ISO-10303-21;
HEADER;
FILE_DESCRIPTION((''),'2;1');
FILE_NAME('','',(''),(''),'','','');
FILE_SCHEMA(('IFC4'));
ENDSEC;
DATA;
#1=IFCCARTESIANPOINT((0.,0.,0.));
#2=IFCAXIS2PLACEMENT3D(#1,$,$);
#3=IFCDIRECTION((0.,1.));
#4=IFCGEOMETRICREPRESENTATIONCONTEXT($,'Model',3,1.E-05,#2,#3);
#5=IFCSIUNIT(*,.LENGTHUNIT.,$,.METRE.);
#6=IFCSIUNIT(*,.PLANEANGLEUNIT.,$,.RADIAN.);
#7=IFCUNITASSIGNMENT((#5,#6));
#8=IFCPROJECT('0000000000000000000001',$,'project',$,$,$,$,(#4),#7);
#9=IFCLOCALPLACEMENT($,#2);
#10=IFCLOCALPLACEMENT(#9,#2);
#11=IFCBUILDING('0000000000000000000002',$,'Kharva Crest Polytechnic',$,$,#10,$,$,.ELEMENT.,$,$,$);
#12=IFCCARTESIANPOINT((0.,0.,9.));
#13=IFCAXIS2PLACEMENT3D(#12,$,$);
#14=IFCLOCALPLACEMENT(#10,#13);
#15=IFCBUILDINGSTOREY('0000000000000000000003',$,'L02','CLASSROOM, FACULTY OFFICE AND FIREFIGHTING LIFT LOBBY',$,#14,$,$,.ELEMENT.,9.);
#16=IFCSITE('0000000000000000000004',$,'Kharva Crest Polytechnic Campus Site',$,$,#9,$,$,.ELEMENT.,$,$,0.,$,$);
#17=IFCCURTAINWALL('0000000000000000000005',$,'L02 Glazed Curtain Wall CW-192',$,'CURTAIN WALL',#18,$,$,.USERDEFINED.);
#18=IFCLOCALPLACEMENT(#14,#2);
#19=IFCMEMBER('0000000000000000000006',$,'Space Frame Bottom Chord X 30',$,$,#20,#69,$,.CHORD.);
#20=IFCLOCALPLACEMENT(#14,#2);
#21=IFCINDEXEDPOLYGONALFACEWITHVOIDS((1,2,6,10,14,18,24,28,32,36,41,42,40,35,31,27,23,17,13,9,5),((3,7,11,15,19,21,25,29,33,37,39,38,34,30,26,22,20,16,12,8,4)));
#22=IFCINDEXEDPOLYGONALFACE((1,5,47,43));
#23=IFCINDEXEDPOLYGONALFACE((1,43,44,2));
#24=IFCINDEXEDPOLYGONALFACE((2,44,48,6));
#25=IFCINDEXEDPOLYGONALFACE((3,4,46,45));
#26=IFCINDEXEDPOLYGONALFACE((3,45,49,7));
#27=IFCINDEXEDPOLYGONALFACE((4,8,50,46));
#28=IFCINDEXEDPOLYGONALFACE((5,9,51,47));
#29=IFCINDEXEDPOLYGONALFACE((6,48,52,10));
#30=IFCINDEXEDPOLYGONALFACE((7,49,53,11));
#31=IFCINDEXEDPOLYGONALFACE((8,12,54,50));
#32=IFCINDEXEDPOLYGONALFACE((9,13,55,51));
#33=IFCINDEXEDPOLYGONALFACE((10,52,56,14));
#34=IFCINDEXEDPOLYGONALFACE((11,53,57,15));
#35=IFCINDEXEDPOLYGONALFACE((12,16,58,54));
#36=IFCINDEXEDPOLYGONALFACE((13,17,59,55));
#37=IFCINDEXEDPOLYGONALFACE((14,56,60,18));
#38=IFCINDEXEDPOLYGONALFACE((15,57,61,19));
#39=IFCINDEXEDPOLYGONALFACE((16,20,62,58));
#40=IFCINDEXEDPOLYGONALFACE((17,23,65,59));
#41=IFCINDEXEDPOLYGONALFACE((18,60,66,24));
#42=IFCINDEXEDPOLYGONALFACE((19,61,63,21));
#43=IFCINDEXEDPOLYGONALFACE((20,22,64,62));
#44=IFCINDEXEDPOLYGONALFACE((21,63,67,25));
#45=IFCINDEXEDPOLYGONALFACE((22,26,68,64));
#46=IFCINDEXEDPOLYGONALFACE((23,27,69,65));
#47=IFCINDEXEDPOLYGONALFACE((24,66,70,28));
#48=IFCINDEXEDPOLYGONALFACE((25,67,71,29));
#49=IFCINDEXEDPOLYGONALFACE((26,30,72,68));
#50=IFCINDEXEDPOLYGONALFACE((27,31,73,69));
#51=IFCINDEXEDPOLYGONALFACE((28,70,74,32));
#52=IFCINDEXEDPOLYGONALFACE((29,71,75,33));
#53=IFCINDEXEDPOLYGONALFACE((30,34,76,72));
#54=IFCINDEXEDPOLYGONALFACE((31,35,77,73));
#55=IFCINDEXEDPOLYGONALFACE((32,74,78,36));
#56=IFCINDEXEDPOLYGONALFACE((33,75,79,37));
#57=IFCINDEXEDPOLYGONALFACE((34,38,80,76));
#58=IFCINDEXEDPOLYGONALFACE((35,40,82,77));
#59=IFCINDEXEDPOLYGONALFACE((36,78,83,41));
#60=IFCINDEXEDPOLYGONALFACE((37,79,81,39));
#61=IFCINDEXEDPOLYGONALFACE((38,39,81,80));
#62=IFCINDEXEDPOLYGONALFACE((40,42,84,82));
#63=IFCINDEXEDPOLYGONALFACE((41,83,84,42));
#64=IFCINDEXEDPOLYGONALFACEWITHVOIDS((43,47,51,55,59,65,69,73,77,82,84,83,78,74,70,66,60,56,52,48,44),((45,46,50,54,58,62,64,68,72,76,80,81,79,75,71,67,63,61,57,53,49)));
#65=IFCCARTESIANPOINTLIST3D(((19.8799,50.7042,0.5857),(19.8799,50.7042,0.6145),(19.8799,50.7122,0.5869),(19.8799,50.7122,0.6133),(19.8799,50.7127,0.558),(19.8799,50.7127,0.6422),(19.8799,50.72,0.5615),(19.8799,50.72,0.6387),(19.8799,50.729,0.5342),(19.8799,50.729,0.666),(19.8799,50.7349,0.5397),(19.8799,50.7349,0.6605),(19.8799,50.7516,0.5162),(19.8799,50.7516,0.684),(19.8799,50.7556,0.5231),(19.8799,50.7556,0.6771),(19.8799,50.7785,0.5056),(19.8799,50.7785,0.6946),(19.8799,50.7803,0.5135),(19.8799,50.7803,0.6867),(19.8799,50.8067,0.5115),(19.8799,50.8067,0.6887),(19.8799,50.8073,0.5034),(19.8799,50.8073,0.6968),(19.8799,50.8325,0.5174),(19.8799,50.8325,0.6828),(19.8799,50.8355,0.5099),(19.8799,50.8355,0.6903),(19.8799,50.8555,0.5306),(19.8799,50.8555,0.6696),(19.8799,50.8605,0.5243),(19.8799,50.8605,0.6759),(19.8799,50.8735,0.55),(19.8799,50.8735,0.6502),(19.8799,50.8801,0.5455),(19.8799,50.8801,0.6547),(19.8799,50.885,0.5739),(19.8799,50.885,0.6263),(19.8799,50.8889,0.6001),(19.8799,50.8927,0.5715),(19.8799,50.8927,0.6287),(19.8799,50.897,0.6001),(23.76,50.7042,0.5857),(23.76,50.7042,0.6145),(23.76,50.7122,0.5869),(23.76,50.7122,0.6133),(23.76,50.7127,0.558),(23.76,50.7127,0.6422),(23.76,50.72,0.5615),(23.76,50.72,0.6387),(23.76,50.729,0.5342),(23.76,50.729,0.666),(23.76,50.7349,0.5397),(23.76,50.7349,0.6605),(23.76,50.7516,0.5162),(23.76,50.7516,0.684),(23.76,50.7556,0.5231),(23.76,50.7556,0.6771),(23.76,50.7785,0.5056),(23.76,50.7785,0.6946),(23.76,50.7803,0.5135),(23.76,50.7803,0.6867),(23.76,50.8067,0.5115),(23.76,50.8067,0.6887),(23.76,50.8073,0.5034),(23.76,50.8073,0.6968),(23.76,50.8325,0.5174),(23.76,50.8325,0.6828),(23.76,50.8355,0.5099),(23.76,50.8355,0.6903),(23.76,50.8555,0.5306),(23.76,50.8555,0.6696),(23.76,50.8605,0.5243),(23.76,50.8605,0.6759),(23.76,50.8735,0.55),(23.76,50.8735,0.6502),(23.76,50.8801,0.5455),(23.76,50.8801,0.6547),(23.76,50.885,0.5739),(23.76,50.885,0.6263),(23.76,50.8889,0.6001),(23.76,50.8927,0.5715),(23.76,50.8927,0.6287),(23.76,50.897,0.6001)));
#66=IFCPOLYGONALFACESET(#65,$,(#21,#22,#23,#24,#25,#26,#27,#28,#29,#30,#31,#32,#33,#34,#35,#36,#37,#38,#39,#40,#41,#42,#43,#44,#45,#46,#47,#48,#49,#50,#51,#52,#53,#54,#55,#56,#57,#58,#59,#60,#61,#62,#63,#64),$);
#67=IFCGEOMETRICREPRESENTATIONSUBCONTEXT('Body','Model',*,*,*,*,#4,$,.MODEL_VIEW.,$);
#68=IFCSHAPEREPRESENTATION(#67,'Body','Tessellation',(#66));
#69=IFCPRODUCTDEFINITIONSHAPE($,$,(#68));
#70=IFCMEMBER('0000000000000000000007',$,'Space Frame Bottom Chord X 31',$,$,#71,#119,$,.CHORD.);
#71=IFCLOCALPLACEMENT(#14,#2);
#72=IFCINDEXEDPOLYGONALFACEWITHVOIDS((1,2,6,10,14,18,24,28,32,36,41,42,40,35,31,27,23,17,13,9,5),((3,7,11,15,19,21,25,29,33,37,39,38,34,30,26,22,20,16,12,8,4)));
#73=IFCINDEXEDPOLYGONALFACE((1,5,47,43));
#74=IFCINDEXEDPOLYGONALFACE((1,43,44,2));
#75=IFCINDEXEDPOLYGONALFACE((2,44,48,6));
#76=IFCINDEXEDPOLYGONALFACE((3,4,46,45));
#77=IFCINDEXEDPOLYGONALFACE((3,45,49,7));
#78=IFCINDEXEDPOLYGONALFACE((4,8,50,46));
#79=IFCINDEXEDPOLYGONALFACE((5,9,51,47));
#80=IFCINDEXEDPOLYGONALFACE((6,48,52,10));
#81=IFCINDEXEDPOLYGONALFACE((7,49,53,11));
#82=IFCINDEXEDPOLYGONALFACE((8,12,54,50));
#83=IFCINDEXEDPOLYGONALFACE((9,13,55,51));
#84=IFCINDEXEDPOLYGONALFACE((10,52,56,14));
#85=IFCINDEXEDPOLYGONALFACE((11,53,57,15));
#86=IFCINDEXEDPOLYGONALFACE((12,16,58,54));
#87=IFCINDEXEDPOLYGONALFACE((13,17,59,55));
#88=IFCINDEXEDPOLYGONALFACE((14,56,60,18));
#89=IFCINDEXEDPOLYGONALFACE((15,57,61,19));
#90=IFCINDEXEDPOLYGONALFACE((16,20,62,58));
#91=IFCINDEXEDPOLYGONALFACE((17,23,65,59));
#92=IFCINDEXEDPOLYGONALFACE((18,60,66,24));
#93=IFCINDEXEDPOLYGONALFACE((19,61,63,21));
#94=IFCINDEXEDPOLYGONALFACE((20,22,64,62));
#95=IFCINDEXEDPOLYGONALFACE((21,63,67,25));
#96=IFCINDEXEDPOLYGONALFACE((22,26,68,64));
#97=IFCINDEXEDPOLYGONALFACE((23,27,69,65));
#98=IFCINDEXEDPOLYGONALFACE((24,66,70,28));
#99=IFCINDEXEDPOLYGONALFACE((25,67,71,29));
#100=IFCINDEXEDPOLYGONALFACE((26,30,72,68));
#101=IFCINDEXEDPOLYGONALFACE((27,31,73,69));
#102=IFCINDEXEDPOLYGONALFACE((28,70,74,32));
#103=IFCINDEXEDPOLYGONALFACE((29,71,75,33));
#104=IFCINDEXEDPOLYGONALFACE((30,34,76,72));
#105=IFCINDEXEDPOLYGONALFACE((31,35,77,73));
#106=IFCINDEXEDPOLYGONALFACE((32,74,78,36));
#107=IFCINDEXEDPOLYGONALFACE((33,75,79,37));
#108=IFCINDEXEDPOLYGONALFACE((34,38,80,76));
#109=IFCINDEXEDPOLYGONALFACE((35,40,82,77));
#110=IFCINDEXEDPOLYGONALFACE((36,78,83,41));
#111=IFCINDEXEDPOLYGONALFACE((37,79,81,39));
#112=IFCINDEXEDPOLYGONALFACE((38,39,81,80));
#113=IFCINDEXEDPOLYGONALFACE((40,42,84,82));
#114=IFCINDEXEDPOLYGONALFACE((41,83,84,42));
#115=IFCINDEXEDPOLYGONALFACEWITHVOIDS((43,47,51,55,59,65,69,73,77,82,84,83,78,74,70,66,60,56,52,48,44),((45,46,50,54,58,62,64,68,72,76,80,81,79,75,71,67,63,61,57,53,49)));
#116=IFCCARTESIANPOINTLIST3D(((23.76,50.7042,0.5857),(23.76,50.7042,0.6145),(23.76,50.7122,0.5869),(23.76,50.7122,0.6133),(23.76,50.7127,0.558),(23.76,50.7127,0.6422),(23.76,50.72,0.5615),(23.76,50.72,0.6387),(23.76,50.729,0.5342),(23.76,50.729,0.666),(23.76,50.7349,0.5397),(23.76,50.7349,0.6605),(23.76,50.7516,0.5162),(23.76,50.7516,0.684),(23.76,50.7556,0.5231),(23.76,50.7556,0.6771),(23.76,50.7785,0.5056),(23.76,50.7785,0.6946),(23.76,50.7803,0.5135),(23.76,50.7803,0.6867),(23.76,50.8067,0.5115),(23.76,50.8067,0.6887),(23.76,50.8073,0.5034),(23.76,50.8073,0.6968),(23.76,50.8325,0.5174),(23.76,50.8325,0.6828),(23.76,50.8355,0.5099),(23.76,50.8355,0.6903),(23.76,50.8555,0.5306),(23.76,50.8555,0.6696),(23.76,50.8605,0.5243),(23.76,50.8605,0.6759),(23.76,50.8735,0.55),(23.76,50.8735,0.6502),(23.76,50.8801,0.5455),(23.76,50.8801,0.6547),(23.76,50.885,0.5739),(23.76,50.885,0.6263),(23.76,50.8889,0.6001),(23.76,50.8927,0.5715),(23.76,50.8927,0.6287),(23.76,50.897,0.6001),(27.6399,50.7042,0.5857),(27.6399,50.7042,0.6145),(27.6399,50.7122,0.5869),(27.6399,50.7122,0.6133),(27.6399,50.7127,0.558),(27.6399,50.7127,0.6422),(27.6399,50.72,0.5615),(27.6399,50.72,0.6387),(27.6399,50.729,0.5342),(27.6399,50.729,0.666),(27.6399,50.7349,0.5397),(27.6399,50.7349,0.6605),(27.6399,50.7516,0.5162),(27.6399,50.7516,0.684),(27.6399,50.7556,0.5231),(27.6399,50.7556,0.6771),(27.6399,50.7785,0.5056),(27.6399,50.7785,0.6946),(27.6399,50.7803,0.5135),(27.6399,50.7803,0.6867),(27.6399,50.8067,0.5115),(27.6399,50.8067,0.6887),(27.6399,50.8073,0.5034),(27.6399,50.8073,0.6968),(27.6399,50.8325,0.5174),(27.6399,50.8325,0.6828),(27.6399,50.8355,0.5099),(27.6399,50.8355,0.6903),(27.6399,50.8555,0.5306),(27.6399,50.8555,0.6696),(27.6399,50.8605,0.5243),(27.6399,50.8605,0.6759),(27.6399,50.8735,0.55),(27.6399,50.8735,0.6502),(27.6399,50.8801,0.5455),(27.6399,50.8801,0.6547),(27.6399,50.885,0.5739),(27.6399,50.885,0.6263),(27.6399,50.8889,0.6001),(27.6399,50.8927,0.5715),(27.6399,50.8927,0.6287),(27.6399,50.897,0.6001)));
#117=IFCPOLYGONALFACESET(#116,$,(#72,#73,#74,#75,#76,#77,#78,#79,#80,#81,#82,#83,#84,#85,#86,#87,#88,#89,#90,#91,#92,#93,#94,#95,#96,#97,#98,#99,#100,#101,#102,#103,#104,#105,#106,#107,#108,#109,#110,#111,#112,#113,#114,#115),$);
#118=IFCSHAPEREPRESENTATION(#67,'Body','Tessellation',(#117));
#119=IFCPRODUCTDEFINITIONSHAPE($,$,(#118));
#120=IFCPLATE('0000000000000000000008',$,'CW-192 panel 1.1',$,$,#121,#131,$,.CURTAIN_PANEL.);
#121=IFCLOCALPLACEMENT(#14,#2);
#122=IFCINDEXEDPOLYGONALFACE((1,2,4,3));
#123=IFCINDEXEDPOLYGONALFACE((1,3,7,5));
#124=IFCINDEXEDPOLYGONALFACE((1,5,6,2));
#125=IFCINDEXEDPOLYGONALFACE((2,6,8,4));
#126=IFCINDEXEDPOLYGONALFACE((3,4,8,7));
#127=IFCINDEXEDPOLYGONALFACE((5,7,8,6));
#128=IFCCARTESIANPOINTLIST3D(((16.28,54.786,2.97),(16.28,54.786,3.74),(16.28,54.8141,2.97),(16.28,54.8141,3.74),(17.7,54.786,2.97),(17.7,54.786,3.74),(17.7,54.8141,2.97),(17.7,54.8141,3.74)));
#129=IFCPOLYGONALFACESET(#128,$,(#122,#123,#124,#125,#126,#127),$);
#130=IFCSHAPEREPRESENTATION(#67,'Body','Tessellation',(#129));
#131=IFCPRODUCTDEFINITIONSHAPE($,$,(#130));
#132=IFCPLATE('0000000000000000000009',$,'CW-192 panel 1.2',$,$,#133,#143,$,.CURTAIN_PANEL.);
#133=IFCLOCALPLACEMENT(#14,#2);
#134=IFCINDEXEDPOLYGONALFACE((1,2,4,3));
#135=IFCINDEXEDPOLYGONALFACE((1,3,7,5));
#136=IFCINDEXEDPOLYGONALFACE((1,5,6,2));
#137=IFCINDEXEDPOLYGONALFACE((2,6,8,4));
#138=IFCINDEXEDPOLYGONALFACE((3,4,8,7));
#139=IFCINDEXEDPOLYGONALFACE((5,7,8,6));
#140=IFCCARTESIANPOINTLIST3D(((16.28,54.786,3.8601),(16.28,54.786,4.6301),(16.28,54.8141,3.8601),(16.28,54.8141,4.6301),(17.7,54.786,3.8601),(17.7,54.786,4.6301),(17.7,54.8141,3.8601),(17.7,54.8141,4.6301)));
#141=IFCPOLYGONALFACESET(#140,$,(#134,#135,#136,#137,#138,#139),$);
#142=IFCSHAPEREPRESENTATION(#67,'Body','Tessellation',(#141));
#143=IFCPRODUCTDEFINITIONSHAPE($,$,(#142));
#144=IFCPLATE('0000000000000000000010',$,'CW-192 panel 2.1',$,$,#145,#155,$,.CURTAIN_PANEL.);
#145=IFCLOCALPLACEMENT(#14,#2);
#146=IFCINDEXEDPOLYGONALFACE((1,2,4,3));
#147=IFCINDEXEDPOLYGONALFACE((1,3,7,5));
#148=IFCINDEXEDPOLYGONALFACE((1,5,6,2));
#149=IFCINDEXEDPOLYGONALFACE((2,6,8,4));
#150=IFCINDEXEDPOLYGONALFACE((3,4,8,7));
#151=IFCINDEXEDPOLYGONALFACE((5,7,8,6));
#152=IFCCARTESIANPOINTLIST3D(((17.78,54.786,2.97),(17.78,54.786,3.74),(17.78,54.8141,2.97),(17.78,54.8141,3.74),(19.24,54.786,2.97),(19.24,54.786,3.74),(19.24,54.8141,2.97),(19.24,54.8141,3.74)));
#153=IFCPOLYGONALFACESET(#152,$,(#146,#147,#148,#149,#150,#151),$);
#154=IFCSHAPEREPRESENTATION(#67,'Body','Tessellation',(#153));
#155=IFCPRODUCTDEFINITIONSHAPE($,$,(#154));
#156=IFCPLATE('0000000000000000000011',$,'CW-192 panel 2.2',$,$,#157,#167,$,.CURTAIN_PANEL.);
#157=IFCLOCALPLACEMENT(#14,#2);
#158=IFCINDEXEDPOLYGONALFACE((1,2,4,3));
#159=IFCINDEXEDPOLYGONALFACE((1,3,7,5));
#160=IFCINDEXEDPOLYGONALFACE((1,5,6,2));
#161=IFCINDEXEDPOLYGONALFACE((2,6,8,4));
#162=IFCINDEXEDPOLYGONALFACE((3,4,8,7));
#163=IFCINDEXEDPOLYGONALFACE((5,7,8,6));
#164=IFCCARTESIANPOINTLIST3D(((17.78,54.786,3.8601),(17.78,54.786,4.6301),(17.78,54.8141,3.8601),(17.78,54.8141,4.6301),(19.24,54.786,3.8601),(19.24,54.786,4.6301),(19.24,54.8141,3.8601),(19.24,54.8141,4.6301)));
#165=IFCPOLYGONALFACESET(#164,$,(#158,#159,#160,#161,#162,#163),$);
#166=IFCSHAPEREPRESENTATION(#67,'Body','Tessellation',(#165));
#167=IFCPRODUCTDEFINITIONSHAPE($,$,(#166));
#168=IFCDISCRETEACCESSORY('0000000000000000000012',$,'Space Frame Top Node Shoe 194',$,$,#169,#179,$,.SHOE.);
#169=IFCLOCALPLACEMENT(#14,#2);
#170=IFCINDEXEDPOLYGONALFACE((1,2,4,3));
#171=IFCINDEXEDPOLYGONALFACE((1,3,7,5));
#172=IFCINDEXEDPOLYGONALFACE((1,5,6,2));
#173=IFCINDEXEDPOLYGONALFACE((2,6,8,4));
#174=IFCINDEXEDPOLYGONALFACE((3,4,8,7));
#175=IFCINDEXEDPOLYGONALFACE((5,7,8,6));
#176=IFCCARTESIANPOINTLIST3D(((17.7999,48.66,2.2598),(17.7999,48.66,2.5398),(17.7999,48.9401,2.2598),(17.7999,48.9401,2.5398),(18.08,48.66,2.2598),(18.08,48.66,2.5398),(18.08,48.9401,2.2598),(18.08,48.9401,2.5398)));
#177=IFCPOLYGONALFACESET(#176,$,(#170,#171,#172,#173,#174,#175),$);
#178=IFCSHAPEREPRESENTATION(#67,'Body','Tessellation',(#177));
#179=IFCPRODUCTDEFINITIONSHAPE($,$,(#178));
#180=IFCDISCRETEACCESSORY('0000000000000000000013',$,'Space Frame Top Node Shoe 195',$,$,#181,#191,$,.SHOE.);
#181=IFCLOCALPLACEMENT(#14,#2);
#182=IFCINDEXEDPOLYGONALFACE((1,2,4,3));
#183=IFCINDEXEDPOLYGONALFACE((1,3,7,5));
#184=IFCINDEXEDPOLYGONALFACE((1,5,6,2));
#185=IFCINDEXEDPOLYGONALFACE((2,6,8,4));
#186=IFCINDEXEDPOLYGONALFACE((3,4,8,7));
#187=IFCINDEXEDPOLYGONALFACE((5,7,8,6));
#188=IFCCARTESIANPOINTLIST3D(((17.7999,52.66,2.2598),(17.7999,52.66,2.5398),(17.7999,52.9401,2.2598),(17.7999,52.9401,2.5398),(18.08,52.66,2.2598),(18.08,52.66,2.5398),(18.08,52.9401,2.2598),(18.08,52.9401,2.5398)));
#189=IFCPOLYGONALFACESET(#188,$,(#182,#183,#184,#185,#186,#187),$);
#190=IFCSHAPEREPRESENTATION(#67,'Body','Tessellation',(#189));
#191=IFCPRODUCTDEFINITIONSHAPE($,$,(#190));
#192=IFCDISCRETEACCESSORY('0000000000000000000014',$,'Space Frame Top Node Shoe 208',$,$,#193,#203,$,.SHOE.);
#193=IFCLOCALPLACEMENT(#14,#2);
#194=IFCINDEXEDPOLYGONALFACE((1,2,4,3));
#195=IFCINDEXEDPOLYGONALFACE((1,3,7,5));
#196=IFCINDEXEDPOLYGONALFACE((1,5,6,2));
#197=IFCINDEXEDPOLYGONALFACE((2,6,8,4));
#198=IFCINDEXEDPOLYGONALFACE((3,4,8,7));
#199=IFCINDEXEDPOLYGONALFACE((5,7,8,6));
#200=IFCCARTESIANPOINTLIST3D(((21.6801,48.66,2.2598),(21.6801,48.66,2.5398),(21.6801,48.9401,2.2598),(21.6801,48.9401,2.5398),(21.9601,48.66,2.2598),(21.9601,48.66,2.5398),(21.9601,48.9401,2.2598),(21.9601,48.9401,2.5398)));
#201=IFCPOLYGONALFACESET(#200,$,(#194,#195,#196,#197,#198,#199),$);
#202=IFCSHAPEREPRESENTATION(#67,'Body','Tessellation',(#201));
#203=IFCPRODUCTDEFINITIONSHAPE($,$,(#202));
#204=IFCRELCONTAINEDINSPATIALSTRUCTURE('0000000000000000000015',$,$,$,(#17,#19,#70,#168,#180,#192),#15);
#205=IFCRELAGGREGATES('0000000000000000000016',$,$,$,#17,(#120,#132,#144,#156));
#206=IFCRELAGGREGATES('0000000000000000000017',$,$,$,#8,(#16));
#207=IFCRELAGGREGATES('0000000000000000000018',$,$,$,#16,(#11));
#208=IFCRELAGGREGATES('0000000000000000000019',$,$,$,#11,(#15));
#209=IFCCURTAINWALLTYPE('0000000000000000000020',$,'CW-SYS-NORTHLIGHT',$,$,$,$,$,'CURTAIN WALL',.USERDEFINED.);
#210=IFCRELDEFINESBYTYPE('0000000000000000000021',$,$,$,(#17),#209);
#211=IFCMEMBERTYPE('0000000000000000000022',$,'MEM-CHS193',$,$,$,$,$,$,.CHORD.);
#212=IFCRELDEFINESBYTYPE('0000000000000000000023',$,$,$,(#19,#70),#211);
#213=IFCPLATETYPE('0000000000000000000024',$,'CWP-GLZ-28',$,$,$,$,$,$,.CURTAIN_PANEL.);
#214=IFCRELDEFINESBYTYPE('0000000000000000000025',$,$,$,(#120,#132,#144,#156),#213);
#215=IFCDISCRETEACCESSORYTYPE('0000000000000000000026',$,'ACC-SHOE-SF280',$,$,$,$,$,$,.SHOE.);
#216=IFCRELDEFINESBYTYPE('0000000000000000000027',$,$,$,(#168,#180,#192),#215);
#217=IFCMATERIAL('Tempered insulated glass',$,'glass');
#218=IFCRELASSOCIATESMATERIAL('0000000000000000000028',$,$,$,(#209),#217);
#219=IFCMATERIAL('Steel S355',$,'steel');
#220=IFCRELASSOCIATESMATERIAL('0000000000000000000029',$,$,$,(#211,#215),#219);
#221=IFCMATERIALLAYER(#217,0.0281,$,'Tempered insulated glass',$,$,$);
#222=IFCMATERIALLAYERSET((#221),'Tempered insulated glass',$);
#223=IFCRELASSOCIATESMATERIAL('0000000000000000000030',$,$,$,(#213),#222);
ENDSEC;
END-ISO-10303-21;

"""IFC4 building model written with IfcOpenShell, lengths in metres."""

from ifc_helpers import new_model, si_unit, direction, frame, origin, origin_2d, place, context, subcontext, project, spatial, rectangle, hollow_circle, extrude, material, layer, layer_set, material_profile, profile_set, type_object, element, aggregate, save


model = new_model("IFC4")

# Units and contexts
model_context = context("Model", 3, precision=1e-05, world=origin(), true_north=direction((0.0, 1.0)))
body_context = subcontext(model_context, "Body", "Model", "MODEL_VIEW")
ifc_project = project(units=[si_unit("LENGTHUNIT", "METRE"), si_unit("PLANEANGLEUNIT", "RADIAN")], contexts=[model_context])

# Site, building, storey
site_placement = place(None, origin())
site = spatial("IfcSite", under=ifc_project, at=site_placement, Name="Kharva Crest Polytechnic Campus Site", CompositionType="ELEMENT", RefElevation=0.0)
building_placement = place(site_placement, origin())
building = spatial("IfcBuilding", under=site, at=building_placement, Name="Kharva Crest Polytechnic", CompositionType="ELEMENT")
storey_placement = place(building_placement, frame((0.0, 0.0, 9.0)))
storey = spatial("IfcBuildingStorey", under=building, at=storey_placement, Name="L02", Description="CLASSROOM, FACULTY OFFICE AND FIREFIGHTING LIFT LOBBY", CompositionType="ELEMENT", Elevation=9.0)

# Curtain wall
ifc_material_1 = material(Name="Tempered insulated glass", Category="glass")
curtain_wall_type = type_object("IfcCurtainWallType", Name="CW-SYS-NORTHLIGHT", ElementType="CURTAIN WALL", PredefinedType="USERDEFINED", material=ifc_material_1)
curtain_wall_placement = place(storey_placement, origin())
curtain_wall = element("IfcCurtainWall", 1, at=curtain_wall_placement, inside=storey, type_object=curtain_wall_type, Name="L02 Glazed Curtain Wall CW-192", ObjectType="CURTAIN WALL", PredefinedType="USERDEFINED")
ifc_material_2 = material(Name="Steel S355", Category="steel")

# Members
ifc_material_profile_1 = material_profile(ifc_material_2, hollow_circle(Radius=0.0969, WallThickness=0.0081, at=origin_2d()), Name="CHS 193.7X8.0")
ifc_profile_set_1 = profile_set([ifc_material_profile_1], Name="Steel S355")
member_type_1 = type_object("IfcMemberType", Name="MEM-CHS193", PredefinedType="CHORD", material=ifc_profile_set_1)
member_1_placement = place(storey_placement, frame((19.8799, 50.8, 0.6001), z_axis=(1.0, 0.0, 0.0), x_axis=(0.0, 1.0, 0.0)))
element("IfcMember", 2, at=member_1_placement, inside=storey, type_object=member_type_1, Name="Space Frame Bottom Chord X 30", PredefinedType="CHORD", context=body_context, shape_type="SweptSolid", body=[
    extrude(hollow_circle(Radius=0.0969, WallThickness=0.0081, at=origin_2d()), origin(), (0.0, 0.0, 1.0), 3.8801),
])
member_2_placement = place(storey_placement, frame((23.76, 50.8, 0.6001), z_axis=(1.0, 0.0, 0.0), x_axis=(0.0, 1.0, 0.0)))
element("IfcMember", 3, at=member_2_placement, inside=storey, type_object=member_type_1, Name="Space Frame Bottom Chord X 31", PredefinedType="CHORD", context=body_context, shape_type="SweptSolid", body=[
    extrude(hollow_circle(Radius=0.0969, WallThickness=0.0081, at=origin_2d()), origin(), (0.0, 0.0, 1.0), 3.8799),
])

# Plates
ifc_layer = layer(ifc_material_1, 0.0281, Name="Tempered insulated glass")
ifc_layer_set = layer_set([ifc_layer], Name="Tempered insulated glass")
plate_type = type_object("IfcPlateType", Name="CWP-GLZ-28", PredefinedType="CURTAIN_PANEL", material=ifc_layer_set)
plate_1_placement = place(storey_placement, frame((16.99, 54.8, 2.97), z_axis=(0.0, 0.0, 1.0), x_axis=(1.0, 0.0, 0.0)))
plate_1 = element("IfcPlate", 4, at=plate_1_placement, type_object=plate_type, Name="CW-192 panel 1.1", PredefinedType="CURTAIN_PANEL", context=body_context, shape_type="SweptSolid", body=[
    extrude(rectangle(XDim=1.4199, YDim=0.0281, at=origin_2d()), origin(), (0.0, 0.0, 1.0), 0.77),
])
plate_2_placement = place(storey_placement, frame((16.99, 54.8, 3.8601), z_axis=(0.0, 0.0, 1.0), x_axis=(1.0, 0.0, 0.0)))
plate_2 = element("IfcPlate", 5, at=plate_2_placement, type_object=plate_type, Name="CW-192 panel 1.2", PredefinedType="CURTAIN_PANEL", context=body_context, shape_type="SweptSolid", body=[
    extrude(rectangle(XDim=1.4199, YDim=0.0281, at=origin_2d()), origin(), (0.0, 0.0, 1.0), 0.77),
])
plate_3_placement = place(storey_placement, frame((18.51, 54.8, 2.97), z_axis=(0.0, 0.0, 1.0), x_axis=(1.0, 0.0, 0.0)))
plate_3 = element("IfcPlate", 6, at=plate_3_placement, type_object=plate_type, Name="CW-192 panel 2.1", PredefinedType="CURTAIN_PANEL", context=body_context, shape_type="SweptSolid", body=[
    extrude(rectangle(XDim=1.46, YDim=0.0281, at=origin_2d()), origin(), (0.0, 0.0, 1.0), 0.77),
])
plate_4_placement = place(storey_placement, frame((18.51, 54.8, 3.8601), z_axis=(0.0, 0.0, 1.0), x_axis=(1.0, 0.0, 0.0)))
plate_4 = element("IfcPlate", 7, at=plate_4_placement, type_object=plate_type, Name="CW-192 panel 2.2", PredefinedType="CURTAIN_PANEL", context=body_context, shape_type="SweptSolid", body=[
    extrude(rectangle(XDim=1.46, YDim=0.0281, at=origin_2d()), origin(), (0.0, 0.0, 1.0), 0.77),
])
aggregate(curtain_wall, [plate_1, plate_2, plate_3, plate_4])

# Discrete accessories
discrete_accessory_type_1 = type_object("IfcDiscreteAccessoryType", Name="ACC-SHOE-SF280", PredefinedType="SHOE", material=ifc_material_2)
for number, where, z_axis, x_axis, name in (
    (8, (17.9399, 48.8, 2.2598), (0.0, 0.0, 1.0), (1.0, 0.0, 0.0), "Space Frame Top Node Shoe 194"),
    (9, (17.9399, 52.8, 2.2598), (0.0, 0.0, 1.0), (1.0, 0.0, 0.0), "Space Frame Top Node Shoe 195"),
    (10, (21.8201, 48.8, 2.2598), (0.0, 0.0, 1.0), (1.0, 0.0, 0.0), "Space Frame Top Node Shoe 208"),
):
    element("IfcDiscreteAccessory", number, at=place(storey_placement, frame(where, z_axis=z_axis, x_axis=x_axis)), inside=storey, type_object=discrete_accessory_type_1, Name=name, PredefinedType="SHOE", context=body_context, shape_type="SweptSolid", body=[
        extrude(rectangle(XDim=0.28, YDim=0.28, at=origin_2d()), origin(), (0.0, 0.0, 1.0), 0.28),
    ])

save(model, "model.ifc")
